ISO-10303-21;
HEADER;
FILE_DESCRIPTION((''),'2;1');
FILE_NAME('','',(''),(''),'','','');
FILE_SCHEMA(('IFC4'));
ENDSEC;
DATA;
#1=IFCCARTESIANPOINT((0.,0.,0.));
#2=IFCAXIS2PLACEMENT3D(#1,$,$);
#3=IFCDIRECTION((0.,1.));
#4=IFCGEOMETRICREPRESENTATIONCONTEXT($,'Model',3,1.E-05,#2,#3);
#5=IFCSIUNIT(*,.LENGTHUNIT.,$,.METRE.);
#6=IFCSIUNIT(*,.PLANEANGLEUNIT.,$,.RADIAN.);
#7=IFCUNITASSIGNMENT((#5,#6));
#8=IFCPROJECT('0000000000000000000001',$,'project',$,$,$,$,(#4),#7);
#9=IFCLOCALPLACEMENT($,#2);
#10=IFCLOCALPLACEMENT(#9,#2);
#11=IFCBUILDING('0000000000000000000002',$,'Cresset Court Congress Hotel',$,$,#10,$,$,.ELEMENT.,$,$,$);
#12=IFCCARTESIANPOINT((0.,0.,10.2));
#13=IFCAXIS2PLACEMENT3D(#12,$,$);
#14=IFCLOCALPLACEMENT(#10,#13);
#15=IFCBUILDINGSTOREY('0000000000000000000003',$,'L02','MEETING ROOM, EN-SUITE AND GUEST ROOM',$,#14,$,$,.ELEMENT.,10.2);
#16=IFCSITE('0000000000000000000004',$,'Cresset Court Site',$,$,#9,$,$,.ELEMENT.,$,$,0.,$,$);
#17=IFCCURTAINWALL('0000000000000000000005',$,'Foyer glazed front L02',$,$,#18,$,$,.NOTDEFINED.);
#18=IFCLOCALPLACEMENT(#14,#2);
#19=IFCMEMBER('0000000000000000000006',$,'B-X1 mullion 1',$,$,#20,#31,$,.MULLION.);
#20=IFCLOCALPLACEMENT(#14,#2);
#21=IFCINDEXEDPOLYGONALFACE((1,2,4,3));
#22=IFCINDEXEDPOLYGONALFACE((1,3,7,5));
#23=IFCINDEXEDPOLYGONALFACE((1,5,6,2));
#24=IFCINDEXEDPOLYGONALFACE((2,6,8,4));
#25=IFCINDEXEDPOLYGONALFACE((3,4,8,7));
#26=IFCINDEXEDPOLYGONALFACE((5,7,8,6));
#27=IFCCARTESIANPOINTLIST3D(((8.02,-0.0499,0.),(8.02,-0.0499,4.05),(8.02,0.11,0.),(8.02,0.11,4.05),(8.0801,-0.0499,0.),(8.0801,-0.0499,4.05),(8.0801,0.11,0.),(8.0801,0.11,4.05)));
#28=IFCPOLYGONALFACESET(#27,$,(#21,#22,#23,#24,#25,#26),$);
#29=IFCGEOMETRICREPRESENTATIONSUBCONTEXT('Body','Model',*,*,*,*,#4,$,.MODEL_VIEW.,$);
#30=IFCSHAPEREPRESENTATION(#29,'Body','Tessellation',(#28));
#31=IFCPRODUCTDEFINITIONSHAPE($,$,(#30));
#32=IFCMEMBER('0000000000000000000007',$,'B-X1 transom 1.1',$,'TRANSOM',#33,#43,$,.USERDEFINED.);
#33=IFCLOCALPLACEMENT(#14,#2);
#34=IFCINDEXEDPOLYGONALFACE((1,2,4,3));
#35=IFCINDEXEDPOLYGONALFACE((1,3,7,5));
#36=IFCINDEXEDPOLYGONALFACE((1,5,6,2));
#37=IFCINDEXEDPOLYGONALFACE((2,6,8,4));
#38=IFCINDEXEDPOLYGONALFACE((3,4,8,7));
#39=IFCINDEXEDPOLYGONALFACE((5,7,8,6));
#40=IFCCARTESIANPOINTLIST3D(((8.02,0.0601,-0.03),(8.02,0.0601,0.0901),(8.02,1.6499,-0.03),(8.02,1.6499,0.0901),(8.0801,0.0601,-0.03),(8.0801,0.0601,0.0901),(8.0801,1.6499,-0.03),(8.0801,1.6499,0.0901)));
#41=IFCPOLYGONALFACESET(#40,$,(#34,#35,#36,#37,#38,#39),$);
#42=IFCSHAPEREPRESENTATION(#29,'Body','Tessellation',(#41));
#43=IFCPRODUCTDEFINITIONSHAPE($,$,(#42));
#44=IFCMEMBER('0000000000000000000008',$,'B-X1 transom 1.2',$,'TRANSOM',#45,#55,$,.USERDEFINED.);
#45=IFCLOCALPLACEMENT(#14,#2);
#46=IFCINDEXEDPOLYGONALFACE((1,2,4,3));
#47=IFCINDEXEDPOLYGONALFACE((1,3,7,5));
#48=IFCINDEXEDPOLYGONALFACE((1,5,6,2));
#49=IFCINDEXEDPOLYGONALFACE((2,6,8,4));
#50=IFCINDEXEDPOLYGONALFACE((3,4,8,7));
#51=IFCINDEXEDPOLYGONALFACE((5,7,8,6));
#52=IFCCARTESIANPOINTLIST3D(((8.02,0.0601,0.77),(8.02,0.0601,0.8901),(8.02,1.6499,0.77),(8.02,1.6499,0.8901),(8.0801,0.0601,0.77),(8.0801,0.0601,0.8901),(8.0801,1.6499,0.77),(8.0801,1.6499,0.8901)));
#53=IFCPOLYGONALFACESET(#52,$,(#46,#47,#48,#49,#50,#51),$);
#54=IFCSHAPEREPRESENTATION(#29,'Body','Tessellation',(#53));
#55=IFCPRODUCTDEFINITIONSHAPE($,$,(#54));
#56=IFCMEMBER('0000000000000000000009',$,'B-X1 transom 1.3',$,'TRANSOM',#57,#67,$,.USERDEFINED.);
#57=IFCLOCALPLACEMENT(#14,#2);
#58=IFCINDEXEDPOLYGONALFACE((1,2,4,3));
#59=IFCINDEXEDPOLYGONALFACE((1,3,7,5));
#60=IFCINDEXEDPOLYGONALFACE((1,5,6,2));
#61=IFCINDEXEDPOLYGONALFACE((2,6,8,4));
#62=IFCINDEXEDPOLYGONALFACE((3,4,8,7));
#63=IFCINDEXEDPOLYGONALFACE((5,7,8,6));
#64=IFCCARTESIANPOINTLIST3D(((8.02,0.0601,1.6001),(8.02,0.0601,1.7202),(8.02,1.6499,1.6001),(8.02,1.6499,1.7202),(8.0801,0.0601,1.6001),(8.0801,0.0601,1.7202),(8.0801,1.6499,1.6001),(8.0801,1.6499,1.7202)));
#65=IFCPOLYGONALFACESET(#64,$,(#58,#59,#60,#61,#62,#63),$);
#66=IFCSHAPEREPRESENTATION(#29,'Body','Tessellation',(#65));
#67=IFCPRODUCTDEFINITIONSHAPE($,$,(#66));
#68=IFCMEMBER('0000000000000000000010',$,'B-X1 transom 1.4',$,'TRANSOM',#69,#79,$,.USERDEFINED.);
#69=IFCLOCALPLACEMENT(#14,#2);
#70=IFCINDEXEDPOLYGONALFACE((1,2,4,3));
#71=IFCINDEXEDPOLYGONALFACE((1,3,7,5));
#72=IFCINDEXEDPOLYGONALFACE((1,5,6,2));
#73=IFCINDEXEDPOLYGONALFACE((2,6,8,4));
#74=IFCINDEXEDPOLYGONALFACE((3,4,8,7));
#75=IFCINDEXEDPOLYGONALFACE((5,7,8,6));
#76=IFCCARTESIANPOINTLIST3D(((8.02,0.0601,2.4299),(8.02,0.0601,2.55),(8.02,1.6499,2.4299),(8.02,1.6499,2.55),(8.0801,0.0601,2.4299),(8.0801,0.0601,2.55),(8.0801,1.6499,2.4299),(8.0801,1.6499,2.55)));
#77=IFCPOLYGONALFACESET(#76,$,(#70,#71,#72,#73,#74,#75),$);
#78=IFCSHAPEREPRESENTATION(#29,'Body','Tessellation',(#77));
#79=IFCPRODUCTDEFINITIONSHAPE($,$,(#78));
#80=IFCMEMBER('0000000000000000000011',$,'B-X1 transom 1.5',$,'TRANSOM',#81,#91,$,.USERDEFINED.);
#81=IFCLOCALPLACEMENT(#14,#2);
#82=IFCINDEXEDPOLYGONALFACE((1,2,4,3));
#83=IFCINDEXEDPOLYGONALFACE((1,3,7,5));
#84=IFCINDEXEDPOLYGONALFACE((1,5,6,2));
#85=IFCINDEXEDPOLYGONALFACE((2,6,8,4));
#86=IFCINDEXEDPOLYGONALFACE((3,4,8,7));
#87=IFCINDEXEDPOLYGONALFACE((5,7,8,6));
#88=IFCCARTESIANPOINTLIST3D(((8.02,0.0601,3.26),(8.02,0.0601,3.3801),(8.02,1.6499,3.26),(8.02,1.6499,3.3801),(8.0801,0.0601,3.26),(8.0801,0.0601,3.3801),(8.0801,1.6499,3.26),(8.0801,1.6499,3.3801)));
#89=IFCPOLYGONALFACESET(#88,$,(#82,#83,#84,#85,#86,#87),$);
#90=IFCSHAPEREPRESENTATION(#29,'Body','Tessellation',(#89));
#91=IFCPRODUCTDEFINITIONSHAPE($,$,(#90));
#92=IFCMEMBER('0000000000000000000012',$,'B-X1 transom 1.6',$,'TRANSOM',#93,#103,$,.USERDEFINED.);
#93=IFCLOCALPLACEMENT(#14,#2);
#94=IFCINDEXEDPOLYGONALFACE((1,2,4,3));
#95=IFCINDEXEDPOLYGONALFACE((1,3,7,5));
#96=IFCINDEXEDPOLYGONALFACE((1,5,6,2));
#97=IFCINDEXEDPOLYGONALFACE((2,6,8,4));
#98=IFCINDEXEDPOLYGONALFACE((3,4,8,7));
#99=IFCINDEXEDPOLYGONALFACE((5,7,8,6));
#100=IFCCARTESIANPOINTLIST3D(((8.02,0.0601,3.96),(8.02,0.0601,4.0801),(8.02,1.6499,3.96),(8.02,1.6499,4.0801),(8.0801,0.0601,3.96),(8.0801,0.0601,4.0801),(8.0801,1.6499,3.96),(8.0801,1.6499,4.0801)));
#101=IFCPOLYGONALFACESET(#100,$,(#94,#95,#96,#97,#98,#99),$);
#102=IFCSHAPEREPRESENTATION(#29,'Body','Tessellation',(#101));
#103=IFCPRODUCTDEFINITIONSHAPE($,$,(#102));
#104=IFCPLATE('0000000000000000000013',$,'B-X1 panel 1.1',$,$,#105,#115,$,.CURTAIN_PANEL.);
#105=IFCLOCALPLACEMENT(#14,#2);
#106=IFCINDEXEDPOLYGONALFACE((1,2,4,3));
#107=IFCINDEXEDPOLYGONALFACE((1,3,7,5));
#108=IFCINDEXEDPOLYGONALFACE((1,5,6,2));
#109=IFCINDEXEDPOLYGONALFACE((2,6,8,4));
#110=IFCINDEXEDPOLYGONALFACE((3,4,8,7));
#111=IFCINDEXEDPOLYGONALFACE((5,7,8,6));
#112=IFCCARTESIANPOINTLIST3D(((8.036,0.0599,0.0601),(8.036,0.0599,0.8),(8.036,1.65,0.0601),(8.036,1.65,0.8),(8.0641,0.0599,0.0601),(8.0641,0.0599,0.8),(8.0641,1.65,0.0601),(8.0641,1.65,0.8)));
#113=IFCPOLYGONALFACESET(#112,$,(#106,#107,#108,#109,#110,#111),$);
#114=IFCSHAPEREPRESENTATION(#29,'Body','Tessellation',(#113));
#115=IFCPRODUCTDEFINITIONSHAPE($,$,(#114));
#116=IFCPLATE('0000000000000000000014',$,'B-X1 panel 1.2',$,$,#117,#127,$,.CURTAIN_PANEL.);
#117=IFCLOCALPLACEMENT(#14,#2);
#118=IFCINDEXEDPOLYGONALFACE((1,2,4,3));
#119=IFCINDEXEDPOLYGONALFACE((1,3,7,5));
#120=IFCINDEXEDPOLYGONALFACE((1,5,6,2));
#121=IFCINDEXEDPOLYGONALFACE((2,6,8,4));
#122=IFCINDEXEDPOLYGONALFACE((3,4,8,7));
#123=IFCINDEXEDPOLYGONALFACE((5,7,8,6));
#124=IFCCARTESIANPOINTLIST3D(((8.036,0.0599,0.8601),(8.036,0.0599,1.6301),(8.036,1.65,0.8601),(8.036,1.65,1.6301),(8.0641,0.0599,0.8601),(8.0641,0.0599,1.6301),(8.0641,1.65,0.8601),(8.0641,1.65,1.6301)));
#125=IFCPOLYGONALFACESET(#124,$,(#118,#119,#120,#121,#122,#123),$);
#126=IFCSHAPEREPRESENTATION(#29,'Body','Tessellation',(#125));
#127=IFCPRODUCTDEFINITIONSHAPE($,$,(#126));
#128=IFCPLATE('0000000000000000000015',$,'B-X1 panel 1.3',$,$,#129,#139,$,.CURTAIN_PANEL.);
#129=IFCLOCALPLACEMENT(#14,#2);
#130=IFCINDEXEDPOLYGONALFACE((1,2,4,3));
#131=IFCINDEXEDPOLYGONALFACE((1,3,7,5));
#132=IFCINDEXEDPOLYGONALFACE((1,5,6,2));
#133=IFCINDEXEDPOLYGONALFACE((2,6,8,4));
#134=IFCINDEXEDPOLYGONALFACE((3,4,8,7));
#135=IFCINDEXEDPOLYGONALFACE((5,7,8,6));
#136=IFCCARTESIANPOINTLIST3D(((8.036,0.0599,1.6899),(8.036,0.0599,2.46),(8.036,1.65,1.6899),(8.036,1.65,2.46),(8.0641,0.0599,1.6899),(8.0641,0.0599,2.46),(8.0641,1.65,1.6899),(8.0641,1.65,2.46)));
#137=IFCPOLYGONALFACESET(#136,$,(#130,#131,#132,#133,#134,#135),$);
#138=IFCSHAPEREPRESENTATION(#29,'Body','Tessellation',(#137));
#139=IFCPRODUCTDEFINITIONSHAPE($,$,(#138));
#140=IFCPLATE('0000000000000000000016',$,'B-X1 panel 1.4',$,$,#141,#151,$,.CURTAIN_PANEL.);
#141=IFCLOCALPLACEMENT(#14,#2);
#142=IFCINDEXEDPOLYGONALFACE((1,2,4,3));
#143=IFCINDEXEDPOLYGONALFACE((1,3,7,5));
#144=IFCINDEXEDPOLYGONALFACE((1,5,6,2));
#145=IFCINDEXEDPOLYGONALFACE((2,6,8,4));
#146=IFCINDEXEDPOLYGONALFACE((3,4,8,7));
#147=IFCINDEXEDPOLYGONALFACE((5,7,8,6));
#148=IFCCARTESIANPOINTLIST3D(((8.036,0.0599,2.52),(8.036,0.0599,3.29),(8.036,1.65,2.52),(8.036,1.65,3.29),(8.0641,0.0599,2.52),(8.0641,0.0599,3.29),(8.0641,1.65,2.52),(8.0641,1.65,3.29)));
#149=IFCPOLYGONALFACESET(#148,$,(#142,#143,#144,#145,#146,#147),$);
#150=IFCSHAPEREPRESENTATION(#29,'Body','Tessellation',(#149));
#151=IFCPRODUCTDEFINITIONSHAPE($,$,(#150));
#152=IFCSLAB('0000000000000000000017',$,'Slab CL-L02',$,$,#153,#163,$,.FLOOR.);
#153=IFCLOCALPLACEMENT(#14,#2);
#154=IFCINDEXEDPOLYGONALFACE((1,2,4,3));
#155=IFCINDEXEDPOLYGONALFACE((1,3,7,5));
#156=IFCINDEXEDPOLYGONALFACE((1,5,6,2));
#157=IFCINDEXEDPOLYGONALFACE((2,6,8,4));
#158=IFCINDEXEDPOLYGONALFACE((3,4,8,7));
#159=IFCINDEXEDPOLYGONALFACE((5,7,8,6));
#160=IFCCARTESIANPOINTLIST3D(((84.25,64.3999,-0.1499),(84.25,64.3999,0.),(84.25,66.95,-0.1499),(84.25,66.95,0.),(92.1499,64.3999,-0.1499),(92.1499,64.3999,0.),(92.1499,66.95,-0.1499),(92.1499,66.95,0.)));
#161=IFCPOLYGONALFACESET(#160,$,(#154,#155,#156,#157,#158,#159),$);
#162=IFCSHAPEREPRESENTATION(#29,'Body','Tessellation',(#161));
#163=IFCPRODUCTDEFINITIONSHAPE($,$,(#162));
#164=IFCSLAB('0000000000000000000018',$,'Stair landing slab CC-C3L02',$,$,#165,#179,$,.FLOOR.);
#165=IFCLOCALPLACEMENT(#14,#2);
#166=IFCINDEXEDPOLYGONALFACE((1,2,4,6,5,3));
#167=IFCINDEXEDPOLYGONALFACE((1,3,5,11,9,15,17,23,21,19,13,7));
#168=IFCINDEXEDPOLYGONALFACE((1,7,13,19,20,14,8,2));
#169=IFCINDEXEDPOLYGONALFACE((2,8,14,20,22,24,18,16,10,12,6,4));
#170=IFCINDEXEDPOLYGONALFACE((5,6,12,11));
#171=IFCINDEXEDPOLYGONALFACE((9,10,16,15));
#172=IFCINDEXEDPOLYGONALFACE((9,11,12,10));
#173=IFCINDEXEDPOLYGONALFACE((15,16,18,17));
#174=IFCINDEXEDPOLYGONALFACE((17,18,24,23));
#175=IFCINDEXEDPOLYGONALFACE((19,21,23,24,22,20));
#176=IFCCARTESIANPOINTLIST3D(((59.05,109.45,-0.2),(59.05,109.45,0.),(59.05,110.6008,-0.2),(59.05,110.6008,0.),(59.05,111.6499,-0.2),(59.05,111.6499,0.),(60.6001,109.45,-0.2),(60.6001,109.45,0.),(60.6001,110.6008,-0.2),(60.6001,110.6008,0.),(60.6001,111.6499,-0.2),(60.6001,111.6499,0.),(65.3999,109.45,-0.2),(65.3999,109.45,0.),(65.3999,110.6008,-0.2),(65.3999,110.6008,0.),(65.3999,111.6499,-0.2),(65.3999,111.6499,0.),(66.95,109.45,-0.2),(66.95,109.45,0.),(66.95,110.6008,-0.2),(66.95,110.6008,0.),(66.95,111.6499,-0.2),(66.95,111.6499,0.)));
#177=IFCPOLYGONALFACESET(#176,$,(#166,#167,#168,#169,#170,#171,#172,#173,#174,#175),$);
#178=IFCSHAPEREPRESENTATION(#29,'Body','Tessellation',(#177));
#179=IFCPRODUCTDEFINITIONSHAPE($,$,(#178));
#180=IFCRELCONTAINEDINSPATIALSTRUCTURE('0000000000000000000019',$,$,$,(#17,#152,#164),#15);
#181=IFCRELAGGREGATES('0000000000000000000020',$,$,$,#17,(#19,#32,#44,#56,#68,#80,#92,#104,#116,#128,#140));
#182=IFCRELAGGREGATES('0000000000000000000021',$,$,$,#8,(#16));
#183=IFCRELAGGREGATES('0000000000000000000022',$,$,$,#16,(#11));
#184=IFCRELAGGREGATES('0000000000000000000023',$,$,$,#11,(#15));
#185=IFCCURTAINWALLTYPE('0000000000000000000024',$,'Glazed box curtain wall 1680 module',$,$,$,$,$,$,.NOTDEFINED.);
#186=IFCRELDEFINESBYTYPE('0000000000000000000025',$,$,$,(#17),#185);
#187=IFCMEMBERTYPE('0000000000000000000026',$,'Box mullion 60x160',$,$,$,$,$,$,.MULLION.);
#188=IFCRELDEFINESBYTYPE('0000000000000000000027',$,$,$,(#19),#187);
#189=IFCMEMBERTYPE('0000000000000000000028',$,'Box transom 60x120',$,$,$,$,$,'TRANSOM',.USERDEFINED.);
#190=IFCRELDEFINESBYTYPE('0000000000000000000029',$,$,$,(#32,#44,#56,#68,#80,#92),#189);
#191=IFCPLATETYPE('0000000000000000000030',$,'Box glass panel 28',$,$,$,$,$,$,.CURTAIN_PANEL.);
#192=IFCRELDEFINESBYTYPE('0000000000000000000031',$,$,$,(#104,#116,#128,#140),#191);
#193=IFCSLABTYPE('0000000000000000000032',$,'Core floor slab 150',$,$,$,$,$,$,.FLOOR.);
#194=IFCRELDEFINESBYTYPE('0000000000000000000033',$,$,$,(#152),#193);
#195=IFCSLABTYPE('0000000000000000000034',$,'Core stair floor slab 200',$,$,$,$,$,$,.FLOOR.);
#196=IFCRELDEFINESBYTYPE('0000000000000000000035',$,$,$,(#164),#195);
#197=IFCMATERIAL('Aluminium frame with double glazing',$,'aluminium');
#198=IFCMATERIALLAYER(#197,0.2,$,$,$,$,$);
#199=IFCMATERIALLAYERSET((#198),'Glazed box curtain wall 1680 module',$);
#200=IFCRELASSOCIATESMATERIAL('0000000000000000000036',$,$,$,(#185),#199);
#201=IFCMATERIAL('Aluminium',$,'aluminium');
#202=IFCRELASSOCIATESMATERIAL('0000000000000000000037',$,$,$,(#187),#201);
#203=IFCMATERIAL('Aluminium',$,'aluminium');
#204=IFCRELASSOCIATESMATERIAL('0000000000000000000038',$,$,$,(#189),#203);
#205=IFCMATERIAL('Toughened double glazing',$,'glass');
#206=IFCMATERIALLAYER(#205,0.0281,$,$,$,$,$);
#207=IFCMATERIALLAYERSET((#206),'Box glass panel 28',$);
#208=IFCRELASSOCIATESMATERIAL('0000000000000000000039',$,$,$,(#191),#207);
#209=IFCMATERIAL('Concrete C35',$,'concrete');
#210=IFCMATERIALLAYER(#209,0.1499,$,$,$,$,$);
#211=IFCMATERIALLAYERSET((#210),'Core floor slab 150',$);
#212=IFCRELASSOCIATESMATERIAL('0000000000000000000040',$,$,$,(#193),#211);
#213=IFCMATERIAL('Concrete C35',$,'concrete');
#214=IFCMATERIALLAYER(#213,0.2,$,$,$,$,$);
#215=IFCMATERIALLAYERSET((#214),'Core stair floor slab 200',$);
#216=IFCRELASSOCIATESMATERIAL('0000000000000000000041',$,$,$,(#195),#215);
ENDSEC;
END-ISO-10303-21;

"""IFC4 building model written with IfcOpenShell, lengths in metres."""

from ifc_helpers import new_model, si_unit, direction, frame, origin, origin_2d, place, context, subcontext, project, spatial, polyline, rectangle, outline, extrude, material, layer, layer_set, material_profile, profile_set, type_object, element, aggregate, save


model = new_model("IFC4")

# Units and contexts
model_context = context("Model", 3, precision=1e-05, world=origin(), true_north=direction((0.0, 1.0)))
body_context = subcontext(model_context, "Body", "Model", "MODEL_VIEW")
ifc_project = project(units=[si_unit("LENGTHUNIT", "METRE"), si_unit("PLANEANGLEUNIT", "RADIAN")], contexts=[model_context])

# Site, building, storey
site_placement = place(None, origin())
site = spatial("IfcSite", under=ifc_project, at=site_placement, Name="Cresset Court Site", CompositionType="ELEMENT", RefElevation=0.0)
building_placement = place(site_placement, origin())
building = spatial("IfcBuilding", under=site, at=building_placement, Name="Cresset Court Congress Hotel", CompositionType="ELEMENT")
storey_placement = place(building_placement, frame((0.0, 0.0, 10.2)))
storey = spatial("IfcBuildingStorey", under=building, at=storey_placement, Name="L02", Description="MEETING ROOM, EN-SUITE AND GUEST ROOM", CompositionType="ELEMENT", Elevation=10.2)

# Curtain wall, members, plates
ifc_material_1 = material(Name="Aluminium frame with double glazing", Category="aluminium")
ifc_layer_1 = layer(ifc_material_1, 0.2)
ifc_layer_set_1 = layer_set([ifc_layer_1], Name="Glazed box curtain wall 1680 module")
curtain_wall_type = type_object("IfcCurtainWallType", Name="Glazed box curtain wall 1680 module", PredefinedType="NOTDEFINED", material=ifc_layer_set_1)
curtain_wall_placement = place(storey_placement, origin())
curtain_wall = element("IfcCurtainWall", 1, at=curtain_wall_placement, inside=storey, type_object=curtain_wall_type, Name="Foyer glazed front L02", PredefinedType="NOTDEFINED")
ifc_material_2 = material(Name="Aluminium", Category="aluminium")
ifc_material_profile_1 = material_profile(ifc_material_2, rectangle(XDim=0.0601, YDim=0.1599, at=origin_2d()), Name="Box mullion 60x160")
ifc_profile_set_1 = profile_set([ifc_material_profile_1], Name="Aluminium")
member_type_1 = type_object("IfcMemberType", Name="Box mullion 60x160", PredefinedType="MULLION", material=ifc_profile_set_1)
member_1_placement = place(storey_placement, frame((8.05, 0.03, 0.0), z_axis=(0.0, 0.0, 1.0), x_axis=(-1.0, 0.0, 0.0)))
member_1 = element("IfcMember", 2, at=member_1_placement, type_object=member_type_1, Name="B-X1 mullion 1", PredefinedType="MULLION", context=body_context, shape_type="SweptSolid", body=[
    extrude(rectangle(XDim=0.0601, YDim=0.1599, at=origin_2d()), origin(), (0.0, 0.0, 1.0), 4.05),
])
ifc_material_3 = material(Name="Aluminium", Category="aluminium")
ifc_material_profile_2 = material_profile(ifc_material_3, rectangle(XDim=0.0601, YDim=0.1201, at=origin_2d()), Name="Box transom 60x120")
ifc_profile_set_2 = profile_set([ifc_material_profile_2], Name="Aluminium")
member_type_2 = type_object("IfcMemberType", Name="Box transom 60x120", ElementType="TRANSOM", PredefinedType="USERDEFINED", material=ifc_profile_set_2)
member_2_placement = place(storey_placement, frame((8.05, 0.0601, 0.03), z_axis=(0.0, 1.0, 0.0), x_axis=(-1.0, 0.0, 0.0)))
member_2 = element("IfcMember", 3, at=member_2_placement, type_object=member_type_2, Name="B-X1 transom 1.1", ObjectType="TRANSOM", PredefinedType="USERDEFINED", context=body_context, shape_type="SweptSolid", body=[
    extrude(rectangle(XDim=0.0601, YDim=0.1201, at=origin_2d()), origin(), (0.0, 0.0, 1.0), 1.5898),
])
member_3_placement = place(storey_placement, frame((8.05, 0.0601, 0.8301), z_axis=(0.0, 1.0, 0.0), x_axis=(-1.0, 0.0, 0.0)))
member_3 = element("IfcMember", 4, at=member_3_placement, type_object=member_type_2, Name="B-X1 transom 1.2", ObjectType="TRANSOM", PredefinedType="USERDEFINED", context=body_context, shape_type="SweptSolid", body=[
    extrude(rectangle(XDim=0.0601, YDim=0.1201, at=origin_2d()), origin(), (0.0, 0.0, 1.0), 1.5898),
])
member_4_placement = place(storey_placement, frame((8.05, 0.0601, 1.6602), z_axis=(0.0, 1.0, 0.0), x_axis=(-1.0, 0.0, 0.0)))
member_4 = element("IfcMember", 5, at=member_4_placement, type_object=member_type_2, Name="B-X1 transom 1.3", ObjectType="TRANSOM", PredefinedType="USERDEFINED", context=body_context, shape_type="SweptSolid", body=[
    extrude(rectangle(XDim=0.0601, YDim=0.1201, at=origin_2d()), origin(), (0.0, 0.0, 1.0), 1.5898),
])
member_5_placement = place(storey_placement, frame((8.05, 0.0601, 2.49), z_axis=(0.0, 1.0, 0.0), x_axis=(-1.0, 0.0, 0.0)))
member_5 = element("IfcMember", 6, at=member_5_placement, type_object=member_type_2, Name="B-X1 transom 1.4", ObjectType="TRANSOM", PredefinedType="USERDEFINED", context=body_context, shape_type="SweptSolid", body=[
    extrude(rectangle(XDim=0.0601, YDim=0.1201, at=origin_2d()), origin(), (0.0, 0.0, 1.0), 1.5898),
])
member_6_placement = place(storey_placement, frame((8.05, 0.0601, 3.3201), z_axis=(0.0, 1.0, 0.0), x_axis=(-1.0, 0.0, 0.0)))
member_6 = element("IfcMember", 7, at=member_6_placement, type_object=member_type_2, Name="B-X1 transom 1.5", ObjectType="TRANSOM", PredefinedType="USERDEFINED", context=body_context, shape_type="SweptSolid", body=[
    extrude(rectangle(XDim=0.0601, YDim=0.1201, at=origin_2d()), origin(), (0.0, 0.0, 1.0), 1.5898),
])
member_7_placement = place(storey_placement, frame((8.05, 0.0601, 4.02), z_axis=(0.0, 1.0, 0.0), x_axis=(-1.0, 0.0, 0.0)))
member_7 = element("IfcMember", 8, at=member_7_placement, type_object=member_type_2, Name="B-X1 transom 1.6", ObjectType="TRANSOM", PredefinedType="USERDEFINED", context=body_context, shape_type="SweptSolid", body=[
    extrude(rectangle(XDim=0.0601, YDim=0.1201, at=origin_2d()), origin(), (0.0, 0.0, 1.0), 1.5898),
])
ifc_material_4 = material(Name="Toughened double glazing", Category="glass")
ifc_layer_2 = layer(ifc_material_4, 0.0281)
ifc_layer_set_2 = layer_set([ifc_layer_2], Name="Box glass panel 28")
plate_type = type_object("IfcPlateType", Name="Box glass panel 28", PredefinedType="CURTAIN_PANEL", material=ifc_layer_set_2)
plate_1_placement = place(storey_placement, frame((8.05, 0.855, 0.0601), z_axis=(0.0, 0.0, 1.0), x_axis=(0.0, 1.0, 0.0)))
plate_1 = element("IfcPlate", 9, at=plate_1_placement, type_object=plate_type, Name="B-X1 panel 1.1", PredefinedType="CURTAIN_PANEL", context=body_context, shape_type="SweptSolid", body=[
    extrude(rectangle(XDim=1.5901, YDim=0.0281, at=origin_2d()), origin(), (0.0, 0.0, 1.0), 0.74),
])
plate_2_placement = place(storey_placement, frame((8.05, 0.855, 0.8601), z_axis=(0.0, 0.0, 1.0), x_axis=(0.0, 1.0, 0.0)))
plate_2 = element("IfcPlate", 10, at=plate_2_placement, type_object=plate_type, Name="B-X1 panel 1.2", PredefinedType="CURTAIN_PANEL", context=body_context, shape_type="SweptSolid", body=[
    extrude(rectangle(XDim=1.5901, YDim=0.0281, at=origin_2d()), origin(), (0.0, 0.0, 1.0), 0.77),
])
plate_3_placement = place(storey_placement, frame((8.05, 0.855, 1.6899), z_axis=(0.0, 0.0, 1.0), x_axis=(0.0, 1.0, 0.0)))
plate_3 = element("IfcPlate", 11, at=plate_3_placement, type_object=plate_type, Name="B-X1 panel 1.3", PredefinedType="CURTAIN_PANEL", context=body_context, shape_type="SweptSolid", body=[
    extrude(rectangle(XDim=1.5901, YDim=0.0281, at=origin_2d()), origin(), (0.0, 0.0, 1.0), 0.77),
])
plate_4_placement = place(storey_placement, frame((8.05, 0.855, 2.52), z_axis=(0.0, 0.0, 1.0), x_axis=(0.0, 1.0, 0.0)))
plate_4 = element("IfcPlate", 12, at=plate_4_placement, type_object=plate_type, Name="B-X1 panel 1.4", PredefinedType="CURTAIN_PANEL", context=body_context, shape_type="SweptSolid", body=[
    extrude(rectangle(XDim=1.5901, YDim=0.0281, at=origin_2d()), origin(), (0.0, 0.0, 1.0), 0.77),
])
aggregate(curtain_wall, [member_1, member_2, member_3, member_4, member_5, member_6, member_7, plate_1, plate_2, plate_3, plate_4])

# Slabs
ifc_material_5 = material(Name="Concrete C35", Category="concrete")
ifc_layer_3 = layer(ifc_material_5, 0.1499)
ifc_layer_set_3 = layer_set([ifc_layer_3], Name="Core floor slab 150")
slab_type_1 = type_object("IfcSlabType", Name="Core floor slab 150", PredefinedType="FLOOR", material=ifc_layer_set_3)
slab_1_placement = place(storey_placement, frame((0.0, 0.0, -0.1499)))
element("IfcSlab", 13, at=slab_1_placement, inside=storey, type_object=slab_type_1, Name="Slab CL-L02", PredefinedType="FLOOR", context=body_context, shape_type="SweptSolid", body=[
    extrude(outline(polyline([(92.1499, 64.3999), (92.1499, 66.95), (84.25, 66.95), (84.25, 64.3999), (92.1499, 64.3999)])), origin(), (0.0, 0.0, 1.0), 0.1499),
])
ifc_material_6 = material(Name="Concrete C35", Category="concrete")
ifc_layer_4 = layer(ifc_material_6, 0.2)
ifc_layer_set_4 = layer_set([ifc_layer_4], Name="Core stair floor slab 200")
slab_type_2 = type_object("IfcSlabType", Name="Core stair floor slab 200", PredefinedType="FLOOR", material=ifc_layer_set_4)
slab_2_placement = place(storey_placement, frame((0.0, 0.0, -0.2)))
element("IfcSlab", 14, at=slab_2_placement, inside=storey, type_object=slab_type_2, Name="Stair landing slab CC-C3L02", PredefinedType="FLOOR", context=body_context, shape_type="SweptSolid", body=[
    extrude(outline(polyline([(66.95, 109.45), (65.3999, 109.45), (60.6001, 109.45), (59.05, 109.45), (59.05, 110.6008), (59.05, 111.6499), (60.6001, 111.6499), (60.6001, 110.6008), (65.3999, 110.6008), (65.3999, 111.6499), (66.95, 111.6499), (66.95, 110.6008), (66.95, 109.45)])), origin(), (0.0, 0.0, 1.0), 0.2),
])

save(model, "model.ifc")
